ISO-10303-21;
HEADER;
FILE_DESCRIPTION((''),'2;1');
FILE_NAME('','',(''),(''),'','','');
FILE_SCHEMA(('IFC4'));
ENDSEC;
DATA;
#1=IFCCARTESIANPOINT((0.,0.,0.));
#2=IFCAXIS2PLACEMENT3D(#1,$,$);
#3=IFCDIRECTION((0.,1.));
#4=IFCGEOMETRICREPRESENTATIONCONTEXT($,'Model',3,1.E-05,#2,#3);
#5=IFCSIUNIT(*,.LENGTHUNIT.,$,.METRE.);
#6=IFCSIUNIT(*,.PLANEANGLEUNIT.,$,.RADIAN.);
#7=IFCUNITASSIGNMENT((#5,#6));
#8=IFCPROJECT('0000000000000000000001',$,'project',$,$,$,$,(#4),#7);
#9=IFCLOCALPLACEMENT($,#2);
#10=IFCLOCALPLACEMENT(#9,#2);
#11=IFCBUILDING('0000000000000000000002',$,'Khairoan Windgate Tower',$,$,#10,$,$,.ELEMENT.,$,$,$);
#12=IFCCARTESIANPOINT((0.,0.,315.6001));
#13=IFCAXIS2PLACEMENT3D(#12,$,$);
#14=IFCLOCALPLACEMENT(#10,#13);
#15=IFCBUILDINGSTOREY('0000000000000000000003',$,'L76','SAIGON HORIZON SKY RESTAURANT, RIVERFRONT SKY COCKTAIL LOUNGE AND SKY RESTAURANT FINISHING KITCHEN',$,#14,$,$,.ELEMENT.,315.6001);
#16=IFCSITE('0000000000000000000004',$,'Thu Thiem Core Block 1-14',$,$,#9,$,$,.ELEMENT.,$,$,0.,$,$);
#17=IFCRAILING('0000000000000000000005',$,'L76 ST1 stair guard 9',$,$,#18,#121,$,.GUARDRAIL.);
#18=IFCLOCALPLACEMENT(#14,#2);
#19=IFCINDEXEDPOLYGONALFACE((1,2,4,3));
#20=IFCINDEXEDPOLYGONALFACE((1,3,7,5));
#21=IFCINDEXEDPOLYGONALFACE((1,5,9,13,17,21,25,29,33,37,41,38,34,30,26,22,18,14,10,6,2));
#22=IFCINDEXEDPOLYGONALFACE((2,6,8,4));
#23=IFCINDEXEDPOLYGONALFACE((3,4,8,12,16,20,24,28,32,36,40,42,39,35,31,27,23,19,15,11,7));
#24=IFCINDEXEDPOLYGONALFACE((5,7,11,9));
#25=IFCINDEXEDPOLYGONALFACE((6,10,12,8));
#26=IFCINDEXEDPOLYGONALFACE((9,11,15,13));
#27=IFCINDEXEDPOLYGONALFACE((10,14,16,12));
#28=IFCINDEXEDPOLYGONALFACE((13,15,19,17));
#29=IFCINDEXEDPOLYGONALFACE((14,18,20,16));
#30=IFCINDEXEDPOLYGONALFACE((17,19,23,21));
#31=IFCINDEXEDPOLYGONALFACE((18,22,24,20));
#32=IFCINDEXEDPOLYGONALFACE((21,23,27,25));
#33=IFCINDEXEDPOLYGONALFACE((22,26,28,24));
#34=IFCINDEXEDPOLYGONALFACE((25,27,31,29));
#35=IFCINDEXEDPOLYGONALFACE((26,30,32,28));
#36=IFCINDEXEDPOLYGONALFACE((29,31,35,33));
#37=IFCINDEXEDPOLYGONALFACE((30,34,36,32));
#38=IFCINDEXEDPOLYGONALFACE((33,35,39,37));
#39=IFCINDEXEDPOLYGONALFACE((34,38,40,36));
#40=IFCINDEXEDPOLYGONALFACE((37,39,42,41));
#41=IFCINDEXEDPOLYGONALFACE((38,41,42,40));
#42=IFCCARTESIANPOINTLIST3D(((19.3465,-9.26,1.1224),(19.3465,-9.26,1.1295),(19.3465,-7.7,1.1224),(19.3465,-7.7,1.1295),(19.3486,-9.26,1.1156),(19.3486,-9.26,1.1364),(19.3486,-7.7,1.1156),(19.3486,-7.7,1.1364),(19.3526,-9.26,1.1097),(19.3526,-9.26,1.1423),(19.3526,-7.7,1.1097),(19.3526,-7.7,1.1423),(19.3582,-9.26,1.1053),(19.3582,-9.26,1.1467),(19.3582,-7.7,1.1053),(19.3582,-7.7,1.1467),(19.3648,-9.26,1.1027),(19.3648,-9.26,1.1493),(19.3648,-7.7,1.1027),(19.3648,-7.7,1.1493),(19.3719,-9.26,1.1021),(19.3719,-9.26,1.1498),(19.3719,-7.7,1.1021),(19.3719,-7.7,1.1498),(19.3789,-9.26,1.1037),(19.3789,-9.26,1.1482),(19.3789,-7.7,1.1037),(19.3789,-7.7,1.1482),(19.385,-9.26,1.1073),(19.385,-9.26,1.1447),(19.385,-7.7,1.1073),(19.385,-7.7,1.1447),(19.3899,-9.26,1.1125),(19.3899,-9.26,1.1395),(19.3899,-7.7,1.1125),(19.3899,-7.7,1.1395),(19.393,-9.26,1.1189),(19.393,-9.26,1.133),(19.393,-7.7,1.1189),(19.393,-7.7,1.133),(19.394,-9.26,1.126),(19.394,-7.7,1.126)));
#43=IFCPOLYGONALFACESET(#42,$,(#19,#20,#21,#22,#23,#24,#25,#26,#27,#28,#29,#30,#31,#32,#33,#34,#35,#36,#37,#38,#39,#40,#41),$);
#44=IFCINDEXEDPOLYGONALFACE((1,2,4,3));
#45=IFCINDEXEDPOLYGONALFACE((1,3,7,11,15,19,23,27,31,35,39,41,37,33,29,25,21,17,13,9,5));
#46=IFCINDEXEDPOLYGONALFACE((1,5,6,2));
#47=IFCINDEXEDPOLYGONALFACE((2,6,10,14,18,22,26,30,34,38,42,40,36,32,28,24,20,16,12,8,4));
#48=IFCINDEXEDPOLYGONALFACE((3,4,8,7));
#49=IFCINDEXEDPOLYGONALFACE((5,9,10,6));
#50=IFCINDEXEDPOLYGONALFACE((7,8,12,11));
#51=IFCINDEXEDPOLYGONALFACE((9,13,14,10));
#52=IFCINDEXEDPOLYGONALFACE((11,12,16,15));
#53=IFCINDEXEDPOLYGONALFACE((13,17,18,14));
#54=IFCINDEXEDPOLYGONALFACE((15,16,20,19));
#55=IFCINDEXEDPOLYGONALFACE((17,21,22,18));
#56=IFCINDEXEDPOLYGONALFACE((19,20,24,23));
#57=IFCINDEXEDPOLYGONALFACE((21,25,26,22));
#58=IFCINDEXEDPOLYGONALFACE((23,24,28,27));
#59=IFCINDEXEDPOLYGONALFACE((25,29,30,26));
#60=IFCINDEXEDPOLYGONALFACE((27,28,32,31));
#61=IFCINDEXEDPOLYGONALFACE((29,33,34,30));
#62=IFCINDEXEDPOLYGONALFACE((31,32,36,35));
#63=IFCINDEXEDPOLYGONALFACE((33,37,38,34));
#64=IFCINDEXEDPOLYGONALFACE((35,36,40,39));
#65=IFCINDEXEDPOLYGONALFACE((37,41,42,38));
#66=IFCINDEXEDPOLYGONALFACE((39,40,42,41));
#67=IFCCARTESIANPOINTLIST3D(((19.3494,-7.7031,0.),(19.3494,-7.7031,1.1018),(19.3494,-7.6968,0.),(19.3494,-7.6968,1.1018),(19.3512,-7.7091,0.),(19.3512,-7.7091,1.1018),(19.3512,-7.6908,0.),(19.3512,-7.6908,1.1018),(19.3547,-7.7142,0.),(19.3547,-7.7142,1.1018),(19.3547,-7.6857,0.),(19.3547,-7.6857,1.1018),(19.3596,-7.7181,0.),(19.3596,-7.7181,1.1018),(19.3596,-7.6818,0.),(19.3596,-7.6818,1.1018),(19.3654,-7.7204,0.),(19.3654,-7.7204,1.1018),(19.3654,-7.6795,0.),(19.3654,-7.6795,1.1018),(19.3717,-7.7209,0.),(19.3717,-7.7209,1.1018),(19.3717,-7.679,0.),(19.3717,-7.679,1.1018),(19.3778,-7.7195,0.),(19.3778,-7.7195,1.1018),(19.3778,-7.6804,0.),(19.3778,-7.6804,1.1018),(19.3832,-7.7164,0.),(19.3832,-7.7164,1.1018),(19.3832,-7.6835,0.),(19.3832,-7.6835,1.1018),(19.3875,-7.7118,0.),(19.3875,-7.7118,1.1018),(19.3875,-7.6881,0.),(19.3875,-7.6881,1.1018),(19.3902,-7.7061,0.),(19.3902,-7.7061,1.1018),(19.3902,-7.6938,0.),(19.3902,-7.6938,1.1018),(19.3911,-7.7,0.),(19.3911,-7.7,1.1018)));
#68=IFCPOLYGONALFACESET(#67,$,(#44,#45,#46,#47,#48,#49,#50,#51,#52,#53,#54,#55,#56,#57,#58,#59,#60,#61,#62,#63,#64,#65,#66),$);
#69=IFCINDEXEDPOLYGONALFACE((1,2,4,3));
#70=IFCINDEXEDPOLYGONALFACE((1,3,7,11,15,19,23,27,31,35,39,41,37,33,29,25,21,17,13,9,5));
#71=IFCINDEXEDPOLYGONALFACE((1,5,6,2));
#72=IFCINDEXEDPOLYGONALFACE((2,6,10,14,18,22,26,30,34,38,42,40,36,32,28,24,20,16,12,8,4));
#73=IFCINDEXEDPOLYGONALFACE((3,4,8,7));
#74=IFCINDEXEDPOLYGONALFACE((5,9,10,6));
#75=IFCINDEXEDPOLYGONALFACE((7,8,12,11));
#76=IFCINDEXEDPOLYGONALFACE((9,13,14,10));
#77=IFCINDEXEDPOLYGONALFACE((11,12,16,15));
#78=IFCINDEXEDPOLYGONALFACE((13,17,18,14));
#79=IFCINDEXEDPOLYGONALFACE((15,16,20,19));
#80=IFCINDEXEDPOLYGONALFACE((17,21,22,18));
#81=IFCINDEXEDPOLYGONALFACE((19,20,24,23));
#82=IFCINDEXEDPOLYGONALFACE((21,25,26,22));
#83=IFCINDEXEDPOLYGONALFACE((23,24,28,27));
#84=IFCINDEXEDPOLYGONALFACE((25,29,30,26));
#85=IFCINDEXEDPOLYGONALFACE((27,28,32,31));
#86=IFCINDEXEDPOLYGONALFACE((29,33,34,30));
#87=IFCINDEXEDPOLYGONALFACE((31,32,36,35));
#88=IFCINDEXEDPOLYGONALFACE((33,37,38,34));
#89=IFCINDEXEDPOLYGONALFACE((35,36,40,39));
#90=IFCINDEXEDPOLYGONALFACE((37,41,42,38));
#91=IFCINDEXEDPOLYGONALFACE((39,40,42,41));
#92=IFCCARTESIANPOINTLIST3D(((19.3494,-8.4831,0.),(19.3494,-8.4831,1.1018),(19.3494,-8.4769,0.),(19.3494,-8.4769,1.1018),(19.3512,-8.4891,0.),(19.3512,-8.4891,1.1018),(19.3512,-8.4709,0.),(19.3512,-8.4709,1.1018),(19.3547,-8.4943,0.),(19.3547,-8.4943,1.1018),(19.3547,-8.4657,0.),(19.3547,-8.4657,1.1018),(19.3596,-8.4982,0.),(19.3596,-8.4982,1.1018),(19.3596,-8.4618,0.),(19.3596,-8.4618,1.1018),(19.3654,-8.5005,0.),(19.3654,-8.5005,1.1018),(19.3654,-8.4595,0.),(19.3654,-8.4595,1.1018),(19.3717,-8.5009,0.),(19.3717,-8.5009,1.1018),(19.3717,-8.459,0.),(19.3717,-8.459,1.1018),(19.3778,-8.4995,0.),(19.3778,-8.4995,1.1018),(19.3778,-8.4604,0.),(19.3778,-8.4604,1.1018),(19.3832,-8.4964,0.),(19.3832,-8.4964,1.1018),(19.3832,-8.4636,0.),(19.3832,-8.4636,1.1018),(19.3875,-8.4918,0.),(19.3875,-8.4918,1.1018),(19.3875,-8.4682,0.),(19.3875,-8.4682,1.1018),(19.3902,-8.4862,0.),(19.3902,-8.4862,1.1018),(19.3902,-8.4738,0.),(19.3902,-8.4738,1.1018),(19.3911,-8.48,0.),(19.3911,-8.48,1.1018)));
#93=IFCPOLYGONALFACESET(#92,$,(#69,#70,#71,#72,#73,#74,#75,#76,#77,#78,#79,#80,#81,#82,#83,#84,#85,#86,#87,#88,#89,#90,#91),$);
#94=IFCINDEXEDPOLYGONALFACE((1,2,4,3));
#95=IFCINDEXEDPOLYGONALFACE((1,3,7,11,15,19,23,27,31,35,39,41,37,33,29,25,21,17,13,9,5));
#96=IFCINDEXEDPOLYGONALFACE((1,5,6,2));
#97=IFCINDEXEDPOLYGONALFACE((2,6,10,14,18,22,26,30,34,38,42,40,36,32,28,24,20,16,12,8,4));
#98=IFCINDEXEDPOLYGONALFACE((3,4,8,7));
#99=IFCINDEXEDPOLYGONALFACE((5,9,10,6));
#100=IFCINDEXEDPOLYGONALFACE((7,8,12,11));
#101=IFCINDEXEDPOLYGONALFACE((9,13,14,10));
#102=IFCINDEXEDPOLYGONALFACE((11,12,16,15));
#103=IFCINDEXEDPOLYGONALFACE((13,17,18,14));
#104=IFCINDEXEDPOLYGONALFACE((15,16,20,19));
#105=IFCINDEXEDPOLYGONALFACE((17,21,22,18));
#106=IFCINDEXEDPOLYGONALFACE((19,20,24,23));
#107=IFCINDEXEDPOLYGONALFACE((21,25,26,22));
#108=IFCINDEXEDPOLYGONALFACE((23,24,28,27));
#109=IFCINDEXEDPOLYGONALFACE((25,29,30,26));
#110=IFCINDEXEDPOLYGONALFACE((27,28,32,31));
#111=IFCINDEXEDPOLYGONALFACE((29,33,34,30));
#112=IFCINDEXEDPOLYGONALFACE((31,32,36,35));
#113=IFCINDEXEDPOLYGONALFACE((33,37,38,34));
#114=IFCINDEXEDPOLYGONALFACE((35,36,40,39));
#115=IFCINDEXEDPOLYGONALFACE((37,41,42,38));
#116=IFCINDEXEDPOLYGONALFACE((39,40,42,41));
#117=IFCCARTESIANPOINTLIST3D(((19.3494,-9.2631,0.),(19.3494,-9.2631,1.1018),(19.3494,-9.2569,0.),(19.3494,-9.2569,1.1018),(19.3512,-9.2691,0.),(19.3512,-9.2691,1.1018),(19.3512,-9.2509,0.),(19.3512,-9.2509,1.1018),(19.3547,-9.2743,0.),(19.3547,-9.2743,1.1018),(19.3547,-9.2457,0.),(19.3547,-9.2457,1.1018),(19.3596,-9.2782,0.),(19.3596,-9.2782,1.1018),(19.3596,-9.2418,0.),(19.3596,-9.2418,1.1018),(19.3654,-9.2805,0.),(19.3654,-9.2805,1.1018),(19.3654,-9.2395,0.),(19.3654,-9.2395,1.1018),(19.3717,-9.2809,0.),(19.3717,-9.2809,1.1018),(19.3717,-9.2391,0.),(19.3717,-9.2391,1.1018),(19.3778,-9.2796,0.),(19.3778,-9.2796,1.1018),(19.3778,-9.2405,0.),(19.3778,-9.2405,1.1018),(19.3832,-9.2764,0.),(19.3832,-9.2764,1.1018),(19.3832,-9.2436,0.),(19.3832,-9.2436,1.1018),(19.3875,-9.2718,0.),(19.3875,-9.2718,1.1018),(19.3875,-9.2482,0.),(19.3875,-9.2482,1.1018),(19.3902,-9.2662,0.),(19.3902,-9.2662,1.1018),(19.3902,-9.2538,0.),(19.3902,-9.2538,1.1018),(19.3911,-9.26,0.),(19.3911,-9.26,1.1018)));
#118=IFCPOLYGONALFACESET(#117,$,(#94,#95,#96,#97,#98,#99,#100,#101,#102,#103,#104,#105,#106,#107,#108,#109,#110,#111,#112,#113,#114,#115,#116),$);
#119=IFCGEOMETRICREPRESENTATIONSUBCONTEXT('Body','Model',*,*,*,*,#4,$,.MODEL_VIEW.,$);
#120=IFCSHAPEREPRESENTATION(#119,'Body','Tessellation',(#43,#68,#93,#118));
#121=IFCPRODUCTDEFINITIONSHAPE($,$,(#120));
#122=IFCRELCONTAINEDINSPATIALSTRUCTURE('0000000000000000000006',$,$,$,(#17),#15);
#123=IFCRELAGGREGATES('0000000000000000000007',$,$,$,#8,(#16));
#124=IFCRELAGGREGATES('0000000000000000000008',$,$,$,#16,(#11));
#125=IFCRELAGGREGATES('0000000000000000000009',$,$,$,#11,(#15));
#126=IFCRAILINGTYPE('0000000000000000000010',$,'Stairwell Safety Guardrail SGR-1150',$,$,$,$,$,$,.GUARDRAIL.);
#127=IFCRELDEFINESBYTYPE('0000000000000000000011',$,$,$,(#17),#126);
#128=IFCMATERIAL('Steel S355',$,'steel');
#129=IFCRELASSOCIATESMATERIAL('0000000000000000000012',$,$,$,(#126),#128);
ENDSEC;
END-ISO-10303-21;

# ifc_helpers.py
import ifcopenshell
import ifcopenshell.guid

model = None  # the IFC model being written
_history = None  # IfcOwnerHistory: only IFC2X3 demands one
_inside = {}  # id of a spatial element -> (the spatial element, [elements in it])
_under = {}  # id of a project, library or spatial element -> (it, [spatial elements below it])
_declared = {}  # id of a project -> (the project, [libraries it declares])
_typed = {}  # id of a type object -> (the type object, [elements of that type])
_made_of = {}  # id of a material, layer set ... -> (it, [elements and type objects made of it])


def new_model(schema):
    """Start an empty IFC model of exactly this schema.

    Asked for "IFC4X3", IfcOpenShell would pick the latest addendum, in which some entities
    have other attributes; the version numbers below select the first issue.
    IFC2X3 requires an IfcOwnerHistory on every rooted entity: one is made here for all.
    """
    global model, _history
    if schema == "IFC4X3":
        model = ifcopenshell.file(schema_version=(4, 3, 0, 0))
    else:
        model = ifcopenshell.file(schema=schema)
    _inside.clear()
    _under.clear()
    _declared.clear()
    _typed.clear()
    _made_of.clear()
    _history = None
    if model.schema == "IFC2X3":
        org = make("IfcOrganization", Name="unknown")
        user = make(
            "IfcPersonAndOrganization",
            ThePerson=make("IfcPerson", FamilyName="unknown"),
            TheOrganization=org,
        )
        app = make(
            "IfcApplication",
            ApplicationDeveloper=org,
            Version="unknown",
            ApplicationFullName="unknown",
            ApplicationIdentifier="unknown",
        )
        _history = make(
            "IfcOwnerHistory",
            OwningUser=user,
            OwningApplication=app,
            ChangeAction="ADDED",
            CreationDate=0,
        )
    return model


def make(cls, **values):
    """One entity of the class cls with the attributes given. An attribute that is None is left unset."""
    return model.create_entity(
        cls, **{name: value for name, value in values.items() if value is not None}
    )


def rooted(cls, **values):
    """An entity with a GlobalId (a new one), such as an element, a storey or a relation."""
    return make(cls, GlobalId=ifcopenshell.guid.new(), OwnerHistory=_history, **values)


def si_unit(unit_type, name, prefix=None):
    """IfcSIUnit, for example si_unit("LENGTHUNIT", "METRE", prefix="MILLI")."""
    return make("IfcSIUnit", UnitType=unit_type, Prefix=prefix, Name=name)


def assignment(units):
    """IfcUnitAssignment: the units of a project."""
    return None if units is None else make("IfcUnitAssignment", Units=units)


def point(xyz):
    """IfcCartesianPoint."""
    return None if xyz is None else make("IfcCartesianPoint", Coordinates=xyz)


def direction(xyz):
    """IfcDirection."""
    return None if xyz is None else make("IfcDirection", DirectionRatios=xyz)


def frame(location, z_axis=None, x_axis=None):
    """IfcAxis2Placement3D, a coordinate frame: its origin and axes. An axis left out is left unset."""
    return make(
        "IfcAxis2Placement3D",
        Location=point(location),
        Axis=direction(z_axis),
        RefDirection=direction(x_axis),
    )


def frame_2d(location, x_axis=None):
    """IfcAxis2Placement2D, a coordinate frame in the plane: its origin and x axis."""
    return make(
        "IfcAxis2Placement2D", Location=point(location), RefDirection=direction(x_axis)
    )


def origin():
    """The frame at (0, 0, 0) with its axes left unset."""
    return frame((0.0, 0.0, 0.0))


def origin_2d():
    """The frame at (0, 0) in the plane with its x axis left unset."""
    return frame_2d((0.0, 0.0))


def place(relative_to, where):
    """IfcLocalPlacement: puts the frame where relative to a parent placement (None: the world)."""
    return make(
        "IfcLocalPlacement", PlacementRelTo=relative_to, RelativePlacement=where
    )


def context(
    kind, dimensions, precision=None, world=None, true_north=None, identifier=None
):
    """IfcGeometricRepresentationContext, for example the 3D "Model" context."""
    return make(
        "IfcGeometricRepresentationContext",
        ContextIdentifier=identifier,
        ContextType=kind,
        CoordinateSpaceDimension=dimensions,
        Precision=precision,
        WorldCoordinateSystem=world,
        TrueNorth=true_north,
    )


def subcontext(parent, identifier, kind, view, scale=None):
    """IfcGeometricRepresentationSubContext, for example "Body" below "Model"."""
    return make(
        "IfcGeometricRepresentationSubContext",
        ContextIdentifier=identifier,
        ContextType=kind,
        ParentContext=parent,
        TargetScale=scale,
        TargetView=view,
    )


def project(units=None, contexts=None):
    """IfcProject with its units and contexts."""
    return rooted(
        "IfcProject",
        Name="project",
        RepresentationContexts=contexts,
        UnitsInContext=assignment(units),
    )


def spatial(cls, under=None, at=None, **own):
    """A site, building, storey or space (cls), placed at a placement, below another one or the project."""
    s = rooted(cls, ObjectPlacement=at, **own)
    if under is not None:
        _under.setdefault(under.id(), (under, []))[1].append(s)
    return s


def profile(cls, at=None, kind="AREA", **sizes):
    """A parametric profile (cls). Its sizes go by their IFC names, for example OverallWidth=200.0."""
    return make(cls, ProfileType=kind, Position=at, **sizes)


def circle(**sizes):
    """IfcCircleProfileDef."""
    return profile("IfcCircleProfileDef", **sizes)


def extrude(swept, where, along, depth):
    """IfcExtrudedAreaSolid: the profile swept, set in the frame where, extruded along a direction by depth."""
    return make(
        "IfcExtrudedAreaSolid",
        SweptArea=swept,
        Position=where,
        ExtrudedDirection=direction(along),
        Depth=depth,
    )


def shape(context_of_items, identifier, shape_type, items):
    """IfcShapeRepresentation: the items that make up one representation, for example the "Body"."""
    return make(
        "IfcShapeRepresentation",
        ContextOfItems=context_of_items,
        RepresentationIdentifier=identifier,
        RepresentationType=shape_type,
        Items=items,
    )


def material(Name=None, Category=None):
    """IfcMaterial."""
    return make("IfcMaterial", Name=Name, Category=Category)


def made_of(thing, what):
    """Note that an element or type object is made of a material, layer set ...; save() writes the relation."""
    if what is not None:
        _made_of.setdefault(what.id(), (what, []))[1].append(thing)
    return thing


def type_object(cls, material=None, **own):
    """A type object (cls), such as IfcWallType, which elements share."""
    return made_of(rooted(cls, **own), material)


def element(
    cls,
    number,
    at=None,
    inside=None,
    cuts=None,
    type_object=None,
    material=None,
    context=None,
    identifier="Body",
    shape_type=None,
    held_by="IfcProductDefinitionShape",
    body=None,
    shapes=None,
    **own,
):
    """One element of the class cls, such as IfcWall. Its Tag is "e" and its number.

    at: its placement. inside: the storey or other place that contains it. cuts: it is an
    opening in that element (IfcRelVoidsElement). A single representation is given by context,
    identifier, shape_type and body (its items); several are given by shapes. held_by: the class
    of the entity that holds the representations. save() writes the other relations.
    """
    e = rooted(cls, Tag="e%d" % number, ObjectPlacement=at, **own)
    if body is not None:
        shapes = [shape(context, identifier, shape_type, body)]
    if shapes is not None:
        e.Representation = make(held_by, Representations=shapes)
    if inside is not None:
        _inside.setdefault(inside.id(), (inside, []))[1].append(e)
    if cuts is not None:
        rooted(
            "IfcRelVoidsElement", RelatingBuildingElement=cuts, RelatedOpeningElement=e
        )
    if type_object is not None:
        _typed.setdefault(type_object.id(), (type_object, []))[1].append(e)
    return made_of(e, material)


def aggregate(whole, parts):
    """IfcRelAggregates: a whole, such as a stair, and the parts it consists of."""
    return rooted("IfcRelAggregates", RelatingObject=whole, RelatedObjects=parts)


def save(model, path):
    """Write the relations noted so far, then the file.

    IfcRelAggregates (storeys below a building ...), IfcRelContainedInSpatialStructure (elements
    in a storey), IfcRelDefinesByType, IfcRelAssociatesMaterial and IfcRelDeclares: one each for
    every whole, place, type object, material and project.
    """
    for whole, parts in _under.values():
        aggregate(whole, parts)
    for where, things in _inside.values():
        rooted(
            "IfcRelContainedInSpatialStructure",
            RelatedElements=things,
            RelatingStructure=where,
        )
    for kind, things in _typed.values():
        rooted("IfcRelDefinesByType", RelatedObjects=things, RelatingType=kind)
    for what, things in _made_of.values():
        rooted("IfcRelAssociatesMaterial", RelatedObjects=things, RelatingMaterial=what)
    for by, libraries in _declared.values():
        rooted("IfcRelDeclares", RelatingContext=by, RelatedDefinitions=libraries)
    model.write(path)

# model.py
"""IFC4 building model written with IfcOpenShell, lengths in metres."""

from ifc_helpers import new_model, si_unit, direction, frame, origin, origin_2d, place, context, subcontext, project, spatial, circle, extrude, material, type_object, element, save


model = new_model("IFC4")

# Units and contexts
model_context = context("Model", 3, precision=1e-05, world=origin(), true_north=direction((0.0, 1.0)))
body_context = subcontext(model_context, "Body", "Model", "MODEL_VIEW")
ifc_project = project(units=[si_unit("LENGTHUNIT", "METRE"), si_unit("PLANEANGLEUNIT", "RADIAN")], contexts=[model_context])

# Site, building, storey
site_placement = place(None, origin())
site = spatial("IfcSite", under=ifc_project, at=site_placement, Name="Thu Thiem Core Block 1-14", CompositionType="ELEMENT", RefElevation=0.0)
building_placement = place(site_placement, origin())
building = spatial("IfcBuilding", under=site, at=building_placement, Name="Khairoan Windgate Tower", CompositionType="ELEMENT")
storey_placement = place(building_placement, frame((0.0, 0.0, 315.6001)))
storey = spatial("IfcBuildingStorey", under=building, at=storey_placement, Name="L76", Description="SAIGON HORIZON SKY RESTAURANT, RIVERFRONT SKY COCKTAIL LOUNGE AND SKY RESTAURANT FINISHING KITCHEN", CompositionType="ELEMENT", Elevation=315.6001)

# Railing
ifc_material_1 = material(Name="Steel S355", Category="steel")
railing_type_1 = type_object("IfcRailingType", Name="Stairwell Safety Guardrail SGR-1150", PredefinedType="GUARDRAIL", material=ifc_material_1)
for number, where, name in (
    (1, (19.3701, -7.7, 0.0), "L76 ST1 stair guard 9"),
):
    element("IfcRailing", number, at=place(storey_placement, frame(where)), inside=storey, type_object=railing_type_1, Name=name, PredefinedType="GUARDRAIL", context=body_context, shape_type="SweptSolid", body=[
        extrude(circle(Radius=0.0239, at=origin_2d()), frame((0.0, 0.0, 1.126), z_axis=(0.0, -1.0, 0.0), x_axis=(1.0, 0.0, 0.0)), (0.0, 0.0, 1.0), 1.5601),
        extrude(circle(Radius=0.021, at=origin_2d()), origin(), (0.0, 0.0, 1.0), 1.1018),
        extrude(circle(Radius=0.021, at=origin_2d()), frame((0.0, -0.78, 0.0)), (0.0, 0.0, 1.0), 1.1018),
        extrude(circle(Radius=0.021, at=origin_2d()), frame((0.0, -1.5601, 0.0)), (0.0, 0.0, 1.0), 1.1018),
    ])

save(model, "model.ifc")
